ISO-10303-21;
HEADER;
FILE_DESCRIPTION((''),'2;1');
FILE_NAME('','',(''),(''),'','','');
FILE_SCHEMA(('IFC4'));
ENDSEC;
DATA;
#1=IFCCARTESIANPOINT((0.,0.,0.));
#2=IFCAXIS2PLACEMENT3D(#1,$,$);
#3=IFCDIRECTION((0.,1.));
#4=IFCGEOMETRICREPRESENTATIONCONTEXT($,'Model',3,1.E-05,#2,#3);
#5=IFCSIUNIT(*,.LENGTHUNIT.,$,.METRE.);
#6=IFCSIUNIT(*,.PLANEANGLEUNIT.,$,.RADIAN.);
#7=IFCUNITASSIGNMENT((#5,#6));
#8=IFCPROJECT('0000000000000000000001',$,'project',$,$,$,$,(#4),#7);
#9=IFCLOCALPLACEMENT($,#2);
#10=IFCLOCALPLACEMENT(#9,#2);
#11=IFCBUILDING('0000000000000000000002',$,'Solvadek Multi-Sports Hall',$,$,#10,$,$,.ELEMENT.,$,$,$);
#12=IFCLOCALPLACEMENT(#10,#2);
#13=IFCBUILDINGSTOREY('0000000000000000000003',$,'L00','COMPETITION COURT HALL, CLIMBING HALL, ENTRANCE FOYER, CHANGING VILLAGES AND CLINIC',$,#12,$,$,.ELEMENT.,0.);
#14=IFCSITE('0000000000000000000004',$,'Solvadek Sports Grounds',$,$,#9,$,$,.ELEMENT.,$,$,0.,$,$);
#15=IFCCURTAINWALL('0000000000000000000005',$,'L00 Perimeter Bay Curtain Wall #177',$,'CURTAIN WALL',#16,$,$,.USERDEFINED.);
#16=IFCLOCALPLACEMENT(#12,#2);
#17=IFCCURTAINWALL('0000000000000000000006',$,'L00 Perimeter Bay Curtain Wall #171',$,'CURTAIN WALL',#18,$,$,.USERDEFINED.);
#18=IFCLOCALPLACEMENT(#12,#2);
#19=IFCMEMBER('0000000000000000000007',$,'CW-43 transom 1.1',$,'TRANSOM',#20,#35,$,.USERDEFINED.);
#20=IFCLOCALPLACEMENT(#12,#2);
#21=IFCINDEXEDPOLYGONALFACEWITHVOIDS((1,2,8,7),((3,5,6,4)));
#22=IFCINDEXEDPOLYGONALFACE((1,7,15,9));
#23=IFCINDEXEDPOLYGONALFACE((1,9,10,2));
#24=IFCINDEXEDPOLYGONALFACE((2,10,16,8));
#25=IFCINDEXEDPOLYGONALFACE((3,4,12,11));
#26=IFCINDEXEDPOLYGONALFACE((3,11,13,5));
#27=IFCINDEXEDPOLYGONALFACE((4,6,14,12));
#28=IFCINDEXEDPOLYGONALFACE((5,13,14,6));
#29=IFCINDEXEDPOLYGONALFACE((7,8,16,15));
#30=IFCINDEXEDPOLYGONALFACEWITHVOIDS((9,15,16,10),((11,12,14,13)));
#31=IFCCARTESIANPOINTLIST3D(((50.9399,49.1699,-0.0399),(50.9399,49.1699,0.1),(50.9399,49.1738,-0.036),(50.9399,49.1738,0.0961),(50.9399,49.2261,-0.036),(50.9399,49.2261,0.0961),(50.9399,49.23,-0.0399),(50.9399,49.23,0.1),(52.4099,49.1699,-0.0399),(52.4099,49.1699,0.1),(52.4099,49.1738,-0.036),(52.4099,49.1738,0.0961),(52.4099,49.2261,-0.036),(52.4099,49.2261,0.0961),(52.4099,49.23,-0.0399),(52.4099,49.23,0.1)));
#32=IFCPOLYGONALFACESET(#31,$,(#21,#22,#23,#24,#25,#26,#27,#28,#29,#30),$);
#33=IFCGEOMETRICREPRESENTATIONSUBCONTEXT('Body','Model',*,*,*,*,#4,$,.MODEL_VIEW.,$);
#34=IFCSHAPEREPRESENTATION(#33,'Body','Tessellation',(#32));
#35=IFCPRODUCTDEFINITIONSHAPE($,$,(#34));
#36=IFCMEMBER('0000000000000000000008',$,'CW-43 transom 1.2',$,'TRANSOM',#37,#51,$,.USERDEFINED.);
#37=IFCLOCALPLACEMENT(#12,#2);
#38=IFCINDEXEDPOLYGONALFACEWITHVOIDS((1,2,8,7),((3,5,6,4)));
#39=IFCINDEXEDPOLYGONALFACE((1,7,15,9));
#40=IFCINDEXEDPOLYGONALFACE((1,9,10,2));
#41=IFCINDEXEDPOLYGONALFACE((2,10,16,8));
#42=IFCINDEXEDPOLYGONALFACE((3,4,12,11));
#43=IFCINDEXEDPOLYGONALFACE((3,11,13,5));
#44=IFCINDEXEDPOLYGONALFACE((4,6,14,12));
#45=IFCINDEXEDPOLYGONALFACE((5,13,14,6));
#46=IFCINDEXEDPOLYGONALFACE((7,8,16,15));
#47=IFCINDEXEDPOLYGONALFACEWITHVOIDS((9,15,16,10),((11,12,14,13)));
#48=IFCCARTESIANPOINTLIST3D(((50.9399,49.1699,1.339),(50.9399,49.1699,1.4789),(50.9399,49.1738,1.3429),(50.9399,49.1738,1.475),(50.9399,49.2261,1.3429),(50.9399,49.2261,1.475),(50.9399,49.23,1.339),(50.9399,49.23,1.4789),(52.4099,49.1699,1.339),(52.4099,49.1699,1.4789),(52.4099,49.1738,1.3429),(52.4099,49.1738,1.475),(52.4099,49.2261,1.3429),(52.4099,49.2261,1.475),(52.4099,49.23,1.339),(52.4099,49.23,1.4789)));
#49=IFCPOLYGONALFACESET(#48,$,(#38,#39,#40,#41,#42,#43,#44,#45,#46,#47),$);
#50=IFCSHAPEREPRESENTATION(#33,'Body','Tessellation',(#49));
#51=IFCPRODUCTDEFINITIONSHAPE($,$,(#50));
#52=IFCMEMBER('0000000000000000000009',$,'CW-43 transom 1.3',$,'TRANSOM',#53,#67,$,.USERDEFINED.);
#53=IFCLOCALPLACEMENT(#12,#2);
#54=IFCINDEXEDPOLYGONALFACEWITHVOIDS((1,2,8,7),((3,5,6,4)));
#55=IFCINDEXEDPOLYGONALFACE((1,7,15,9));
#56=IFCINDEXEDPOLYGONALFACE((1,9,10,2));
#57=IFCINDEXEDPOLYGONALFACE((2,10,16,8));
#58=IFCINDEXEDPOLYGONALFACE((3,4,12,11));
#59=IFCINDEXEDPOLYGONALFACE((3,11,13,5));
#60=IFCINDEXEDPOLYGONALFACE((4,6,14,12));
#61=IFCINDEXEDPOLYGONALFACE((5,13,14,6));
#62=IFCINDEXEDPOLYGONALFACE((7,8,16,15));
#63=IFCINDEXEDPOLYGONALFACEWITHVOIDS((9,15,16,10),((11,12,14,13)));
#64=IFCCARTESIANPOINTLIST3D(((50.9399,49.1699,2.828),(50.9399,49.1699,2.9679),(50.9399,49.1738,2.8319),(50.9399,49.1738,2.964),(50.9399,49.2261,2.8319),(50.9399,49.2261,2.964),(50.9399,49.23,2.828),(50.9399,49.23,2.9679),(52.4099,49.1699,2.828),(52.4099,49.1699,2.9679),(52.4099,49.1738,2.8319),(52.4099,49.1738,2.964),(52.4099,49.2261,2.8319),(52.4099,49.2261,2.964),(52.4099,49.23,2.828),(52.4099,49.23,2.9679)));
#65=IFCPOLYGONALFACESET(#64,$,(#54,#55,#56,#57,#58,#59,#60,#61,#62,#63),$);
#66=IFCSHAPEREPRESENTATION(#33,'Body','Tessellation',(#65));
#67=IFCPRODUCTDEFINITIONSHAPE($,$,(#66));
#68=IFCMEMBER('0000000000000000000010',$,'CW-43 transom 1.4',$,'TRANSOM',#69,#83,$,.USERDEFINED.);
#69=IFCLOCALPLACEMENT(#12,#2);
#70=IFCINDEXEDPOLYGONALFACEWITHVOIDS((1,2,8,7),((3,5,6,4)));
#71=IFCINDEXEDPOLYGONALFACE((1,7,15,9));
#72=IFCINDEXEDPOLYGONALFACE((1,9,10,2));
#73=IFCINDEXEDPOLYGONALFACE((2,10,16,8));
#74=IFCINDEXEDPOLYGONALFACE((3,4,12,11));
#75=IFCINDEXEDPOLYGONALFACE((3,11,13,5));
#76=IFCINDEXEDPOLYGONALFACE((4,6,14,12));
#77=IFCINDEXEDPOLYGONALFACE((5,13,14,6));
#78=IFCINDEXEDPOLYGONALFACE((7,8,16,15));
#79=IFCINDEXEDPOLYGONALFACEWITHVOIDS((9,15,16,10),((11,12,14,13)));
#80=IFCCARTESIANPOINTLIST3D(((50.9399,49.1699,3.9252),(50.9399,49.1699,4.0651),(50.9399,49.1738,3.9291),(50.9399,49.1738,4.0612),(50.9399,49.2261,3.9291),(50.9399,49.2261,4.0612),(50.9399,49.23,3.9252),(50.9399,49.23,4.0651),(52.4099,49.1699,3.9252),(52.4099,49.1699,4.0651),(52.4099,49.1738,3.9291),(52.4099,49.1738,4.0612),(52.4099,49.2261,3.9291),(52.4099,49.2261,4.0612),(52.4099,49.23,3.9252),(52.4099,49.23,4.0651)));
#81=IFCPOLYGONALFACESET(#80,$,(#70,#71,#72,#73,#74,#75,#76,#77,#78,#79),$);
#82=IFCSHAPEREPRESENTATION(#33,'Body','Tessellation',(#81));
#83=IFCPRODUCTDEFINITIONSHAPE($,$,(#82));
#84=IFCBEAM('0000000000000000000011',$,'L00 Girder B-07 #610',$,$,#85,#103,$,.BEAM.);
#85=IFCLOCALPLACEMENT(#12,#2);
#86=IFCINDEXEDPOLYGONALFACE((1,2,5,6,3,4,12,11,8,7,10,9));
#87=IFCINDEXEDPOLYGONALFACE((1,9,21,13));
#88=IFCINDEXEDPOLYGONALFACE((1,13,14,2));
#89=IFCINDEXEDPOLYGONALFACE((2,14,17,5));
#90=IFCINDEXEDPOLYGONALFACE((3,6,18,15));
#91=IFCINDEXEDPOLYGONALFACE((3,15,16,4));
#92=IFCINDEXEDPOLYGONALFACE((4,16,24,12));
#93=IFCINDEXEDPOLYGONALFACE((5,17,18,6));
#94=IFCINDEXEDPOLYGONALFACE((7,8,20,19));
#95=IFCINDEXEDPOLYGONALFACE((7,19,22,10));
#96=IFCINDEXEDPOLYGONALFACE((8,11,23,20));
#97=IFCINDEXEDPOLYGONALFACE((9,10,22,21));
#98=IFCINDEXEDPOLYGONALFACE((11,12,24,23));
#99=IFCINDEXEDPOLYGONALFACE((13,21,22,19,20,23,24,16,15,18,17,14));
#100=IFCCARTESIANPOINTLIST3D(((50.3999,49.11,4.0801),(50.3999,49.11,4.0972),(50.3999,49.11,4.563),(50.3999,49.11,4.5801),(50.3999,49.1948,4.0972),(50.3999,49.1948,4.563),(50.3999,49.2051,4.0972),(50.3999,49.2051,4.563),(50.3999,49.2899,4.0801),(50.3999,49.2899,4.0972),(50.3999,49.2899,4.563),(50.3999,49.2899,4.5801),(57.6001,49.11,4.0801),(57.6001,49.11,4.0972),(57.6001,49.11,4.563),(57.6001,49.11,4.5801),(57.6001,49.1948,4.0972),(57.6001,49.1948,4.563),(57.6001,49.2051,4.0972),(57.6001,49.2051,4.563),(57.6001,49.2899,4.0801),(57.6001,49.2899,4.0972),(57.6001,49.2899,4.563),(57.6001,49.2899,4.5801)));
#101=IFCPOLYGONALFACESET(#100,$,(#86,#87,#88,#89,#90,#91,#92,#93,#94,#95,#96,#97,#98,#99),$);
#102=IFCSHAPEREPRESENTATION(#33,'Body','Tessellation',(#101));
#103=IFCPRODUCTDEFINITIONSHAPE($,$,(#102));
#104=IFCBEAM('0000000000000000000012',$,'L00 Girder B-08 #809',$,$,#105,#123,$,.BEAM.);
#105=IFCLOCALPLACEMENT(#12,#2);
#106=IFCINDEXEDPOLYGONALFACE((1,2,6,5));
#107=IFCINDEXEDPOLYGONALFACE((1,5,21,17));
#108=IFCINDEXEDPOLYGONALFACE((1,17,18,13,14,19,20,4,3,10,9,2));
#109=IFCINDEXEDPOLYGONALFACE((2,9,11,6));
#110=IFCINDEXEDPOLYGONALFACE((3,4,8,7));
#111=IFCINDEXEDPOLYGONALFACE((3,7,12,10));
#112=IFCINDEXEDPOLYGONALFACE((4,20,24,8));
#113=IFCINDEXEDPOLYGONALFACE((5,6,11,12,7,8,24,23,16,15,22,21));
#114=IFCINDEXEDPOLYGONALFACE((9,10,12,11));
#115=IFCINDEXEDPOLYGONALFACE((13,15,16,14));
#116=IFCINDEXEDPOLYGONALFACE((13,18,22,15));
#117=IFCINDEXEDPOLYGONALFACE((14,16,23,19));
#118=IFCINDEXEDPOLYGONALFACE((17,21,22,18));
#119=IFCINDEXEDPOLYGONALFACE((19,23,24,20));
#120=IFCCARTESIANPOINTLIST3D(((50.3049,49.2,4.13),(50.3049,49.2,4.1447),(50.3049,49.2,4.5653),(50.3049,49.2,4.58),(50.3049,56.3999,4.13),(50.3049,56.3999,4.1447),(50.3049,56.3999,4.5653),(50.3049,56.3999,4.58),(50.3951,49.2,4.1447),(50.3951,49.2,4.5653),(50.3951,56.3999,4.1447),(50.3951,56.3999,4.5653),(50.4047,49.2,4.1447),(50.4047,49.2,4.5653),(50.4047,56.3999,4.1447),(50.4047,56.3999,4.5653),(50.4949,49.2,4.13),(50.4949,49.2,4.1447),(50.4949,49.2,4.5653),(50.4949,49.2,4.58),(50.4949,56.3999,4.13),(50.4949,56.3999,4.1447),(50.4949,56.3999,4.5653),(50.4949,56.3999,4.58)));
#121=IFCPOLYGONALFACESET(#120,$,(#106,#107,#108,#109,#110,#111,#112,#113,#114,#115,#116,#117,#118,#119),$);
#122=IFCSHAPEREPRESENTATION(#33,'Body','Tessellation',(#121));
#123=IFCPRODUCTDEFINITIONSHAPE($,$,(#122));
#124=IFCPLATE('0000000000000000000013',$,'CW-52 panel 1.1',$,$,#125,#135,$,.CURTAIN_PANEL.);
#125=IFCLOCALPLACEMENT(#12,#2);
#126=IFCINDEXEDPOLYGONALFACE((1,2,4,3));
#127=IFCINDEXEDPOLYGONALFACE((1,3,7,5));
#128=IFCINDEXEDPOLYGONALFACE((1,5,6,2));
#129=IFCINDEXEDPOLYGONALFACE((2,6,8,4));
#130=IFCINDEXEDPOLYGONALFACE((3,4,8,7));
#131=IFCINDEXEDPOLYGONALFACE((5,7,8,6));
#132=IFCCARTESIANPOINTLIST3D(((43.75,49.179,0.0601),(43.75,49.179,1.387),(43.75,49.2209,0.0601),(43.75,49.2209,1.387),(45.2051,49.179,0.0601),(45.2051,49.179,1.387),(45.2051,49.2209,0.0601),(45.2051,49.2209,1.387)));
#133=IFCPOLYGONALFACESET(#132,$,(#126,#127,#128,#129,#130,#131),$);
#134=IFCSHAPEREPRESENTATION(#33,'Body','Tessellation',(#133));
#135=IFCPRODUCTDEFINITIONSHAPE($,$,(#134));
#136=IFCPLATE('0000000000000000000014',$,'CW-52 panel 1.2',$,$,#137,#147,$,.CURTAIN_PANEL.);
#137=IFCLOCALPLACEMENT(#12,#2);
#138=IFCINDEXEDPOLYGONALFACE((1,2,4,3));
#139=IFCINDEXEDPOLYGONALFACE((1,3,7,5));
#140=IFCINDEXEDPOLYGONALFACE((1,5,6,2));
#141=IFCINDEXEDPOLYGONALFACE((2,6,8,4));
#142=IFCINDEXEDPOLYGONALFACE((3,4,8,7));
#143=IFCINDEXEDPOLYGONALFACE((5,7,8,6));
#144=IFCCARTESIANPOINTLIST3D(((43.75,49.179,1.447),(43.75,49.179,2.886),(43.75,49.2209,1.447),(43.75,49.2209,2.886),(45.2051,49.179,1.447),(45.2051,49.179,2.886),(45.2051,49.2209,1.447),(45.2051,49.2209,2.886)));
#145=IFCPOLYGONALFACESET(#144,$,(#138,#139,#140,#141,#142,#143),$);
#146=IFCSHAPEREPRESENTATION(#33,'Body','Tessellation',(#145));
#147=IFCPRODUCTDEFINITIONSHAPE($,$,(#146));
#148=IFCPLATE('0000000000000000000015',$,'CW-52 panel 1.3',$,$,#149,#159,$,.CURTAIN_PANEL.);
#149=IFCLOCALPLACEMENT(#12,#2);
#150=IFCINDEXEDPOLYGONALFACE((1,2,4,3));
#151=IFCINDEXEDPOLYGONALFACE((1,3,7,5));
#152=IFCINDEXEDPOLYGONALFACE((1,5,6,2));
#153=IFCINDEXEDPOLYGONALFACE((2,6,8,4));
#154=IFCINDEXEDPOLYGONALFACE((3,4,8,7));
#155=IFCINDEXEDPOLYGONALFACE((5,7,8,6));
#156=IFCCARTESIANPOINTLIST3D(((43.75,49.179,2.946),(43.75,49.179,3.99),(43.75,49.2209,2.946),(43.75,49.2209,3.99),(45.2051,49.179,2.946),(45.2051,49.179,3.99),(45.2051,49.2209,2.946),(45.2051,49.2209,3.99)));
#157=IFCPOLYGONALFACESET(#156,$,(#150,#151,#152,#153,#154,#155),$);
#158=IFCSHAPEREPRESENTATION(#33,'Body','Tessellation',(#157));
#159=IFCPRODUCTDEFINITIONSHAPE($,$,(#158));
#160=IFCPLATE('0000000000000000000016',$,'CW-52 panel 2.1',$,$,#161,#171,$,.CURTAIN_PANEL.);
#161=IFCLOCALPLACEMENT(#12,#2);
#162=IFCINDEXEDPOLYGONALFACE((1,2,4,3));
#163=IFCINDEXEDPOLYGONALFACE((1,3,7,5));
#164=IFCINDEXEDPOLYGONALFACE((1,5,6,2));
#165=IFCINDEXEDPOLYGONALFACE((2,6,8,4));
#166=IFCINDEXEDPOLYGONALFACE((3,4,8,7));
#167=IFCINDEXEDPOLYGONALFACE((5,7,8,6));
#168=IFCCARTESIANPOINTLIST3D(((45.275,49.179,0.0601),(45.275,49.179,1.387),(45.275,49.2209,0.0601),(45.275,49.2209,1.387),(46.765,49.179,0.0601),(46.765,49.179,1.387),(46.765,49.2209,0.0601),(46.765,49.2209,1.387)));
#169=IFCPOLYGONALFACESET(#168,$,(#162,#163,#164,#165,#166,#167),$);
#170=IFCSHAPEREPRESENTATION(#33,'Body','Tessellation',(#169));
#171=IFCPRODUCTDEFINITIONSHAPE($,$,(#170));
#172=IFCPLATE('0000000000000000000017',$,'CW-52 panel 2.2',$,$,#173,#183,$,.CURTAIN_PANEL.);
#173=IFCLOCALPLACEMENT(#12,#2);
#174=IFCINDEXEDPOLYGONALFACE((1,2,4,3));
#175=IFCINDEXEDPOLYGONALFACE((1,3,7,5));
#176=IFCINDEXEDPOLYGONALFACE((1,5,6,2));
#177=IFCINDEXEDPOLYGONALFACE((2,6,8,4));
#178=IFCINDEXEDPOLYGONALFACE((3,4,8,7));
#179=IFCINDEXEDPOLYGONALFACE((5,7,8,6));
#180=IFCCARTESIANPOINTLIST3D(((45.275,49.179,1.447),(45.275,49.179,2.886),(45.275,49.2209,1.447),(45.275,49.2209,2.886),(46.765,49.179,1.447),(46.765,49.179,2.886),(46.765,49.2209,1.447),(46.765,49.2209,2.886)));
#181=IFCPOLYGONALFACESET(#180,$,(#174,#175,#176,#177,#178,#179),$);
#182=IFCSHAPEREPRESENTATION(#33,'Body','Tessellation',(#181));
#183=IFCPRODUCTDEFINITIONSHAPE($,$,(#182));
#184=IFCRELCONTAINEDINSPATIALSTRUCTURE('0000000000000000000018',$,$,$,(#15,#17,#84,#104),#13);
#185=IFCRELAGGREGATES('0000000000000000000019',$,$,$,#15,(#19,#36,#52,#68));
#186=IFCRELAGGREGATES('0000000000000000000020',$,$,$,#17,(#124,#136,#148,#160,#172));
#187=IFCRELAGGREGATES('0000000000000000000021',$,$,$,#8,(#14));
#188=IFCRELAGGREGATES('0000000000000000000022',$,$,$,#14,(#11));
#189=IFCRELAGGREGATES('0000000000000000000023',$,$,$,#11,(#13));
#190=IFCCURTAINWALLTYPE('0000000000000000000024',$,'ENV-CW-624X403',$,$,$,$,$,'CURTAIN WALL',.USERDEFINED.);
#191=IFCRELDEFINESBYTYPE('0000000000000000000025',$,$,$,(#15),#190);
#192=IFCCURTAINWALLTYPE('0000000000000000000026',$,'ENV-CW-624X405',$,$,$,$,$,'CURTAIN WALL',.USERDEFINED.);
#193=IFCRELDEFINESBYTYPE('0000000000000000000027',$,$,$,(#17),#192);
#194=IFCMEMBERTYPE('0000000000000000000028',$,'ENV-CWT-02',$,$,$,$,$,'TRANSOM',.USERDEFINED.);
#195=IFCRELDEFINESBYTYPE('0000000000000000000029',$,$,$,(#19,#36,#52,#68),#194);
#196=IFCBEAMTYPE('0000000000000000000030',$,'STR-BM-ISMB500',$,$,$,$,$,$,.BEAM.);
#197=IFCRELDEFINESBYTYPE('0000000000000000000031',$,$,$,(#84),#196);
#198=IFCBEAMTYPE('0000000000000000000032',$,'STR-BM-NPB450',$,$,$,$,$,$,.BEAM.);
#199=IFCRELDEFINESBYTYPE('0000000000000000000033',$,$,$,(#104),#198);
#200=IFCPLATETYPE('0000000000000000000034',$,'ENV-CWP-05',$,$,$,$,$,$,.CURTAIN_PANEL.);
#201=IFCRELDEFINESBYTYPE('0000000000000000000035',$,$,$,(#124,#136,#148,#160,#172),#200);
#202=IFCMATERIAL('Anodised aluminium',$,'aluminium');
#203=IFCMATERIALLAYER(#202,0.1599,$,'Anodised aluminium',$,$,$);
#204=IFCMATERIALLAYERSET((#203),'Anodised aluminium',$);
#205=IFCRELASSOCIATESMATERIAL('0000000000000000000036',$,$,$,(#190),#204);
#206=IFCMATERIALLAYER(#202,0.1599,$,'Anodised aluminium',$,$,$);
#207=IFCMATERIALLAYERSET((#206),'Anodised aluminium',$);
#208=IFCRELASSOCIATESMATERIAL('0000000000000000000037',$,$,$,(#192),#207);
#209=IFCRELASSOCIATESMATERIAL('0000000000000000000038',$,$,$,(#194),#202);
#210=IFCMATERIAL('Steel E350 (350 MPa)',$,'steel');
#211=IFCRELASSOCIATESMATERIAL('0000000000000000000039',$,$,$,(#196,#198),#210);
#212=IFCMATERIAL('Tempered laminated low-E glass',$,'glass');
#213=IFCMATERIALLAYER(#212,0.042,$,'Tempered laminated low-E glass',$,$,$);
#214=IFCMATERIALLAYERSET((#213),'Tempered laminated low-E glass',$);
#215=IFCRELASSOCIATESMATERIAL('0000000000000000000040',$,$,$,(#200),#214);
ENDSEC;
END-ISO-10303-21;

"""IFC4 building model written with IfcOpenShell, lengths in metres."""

from ifc_helpers import new_model, si_unit, direction, frame, origin, origin_2d, place, context, subcontext, project, spatial, rectangle, hollow_rectangle, i_section, extrude, material, layer, layer_set, material_profile, profile_set, type_object, element, aggregate, save


model = new_model("IFC4")

# Units and contexts
model_context = context("Model", 3, precision=1e-05, world=origin(), true_north=direction((0.0, 1.0)))
body_context = subcontext(model_context, "Body", "Model", "MODEL_VIEW")
ifc_project = project(units=[si_unit("LENGTHUNIT", "METRE"), si_unit("PLANEANGLEUNIT", "RADIAN")], contexts=[model_context])

# Site, building, storey
site_placement = place(None, origin())
site = spatial("IfcSite", under=ifc_project, at=site_placement, Name="Solvadek Sports Grounds", CompositionType="ELEMENT", RefElevation=0.0)
building_placement = place(site_placement, origin())
building = spatial("IfcBuilding", under=site, at=building_placement, Name="Solvadek Multi-Sports Hall", CompositionType="ELEMENT")
storey_placement = place(building_placement, origin())
storey = spatial("IfcBuildingStorey", under=building, at=storey_placement, Name="L00", Description="COMPETITION COURT HALL, CLIMBING HALL, ENTRANCE FOYER, CHANGING VILLAGES AND CLINIC", CompositionType="ELEMENT", Elevation=0.0)

# Shared definitions
ifc_material_1 = material(Name="Steel E350 (350 MPa)", Category="steel")

# Curtain wall
ifc_material_2 = material(Name="Anodised aluminium", Category="aluminium")
ifc_layer_1 = layer(ifc_material_2, 0.1599, Name="Anodised aluminium")
ifc_layer_set_1 = layer_set([ifc_layer_1], Name="Anodised aluminium")
curtain_wall_type_1 = type_object("IfcCurtainWallType", Name="ENV-CW-624X403", ElementType="CURTAIN WALL", PredefinedType="USERDEFINED", material=ifc_layer_set_1)
curtain_wall_1_placement = place(storey_placement, origin())
curtain_wall_1 = element("IfcCurtainWall", 1, at=curtain_wall_1_placement, inside=storey, type_object=curtain_wall_type_1, Name="L00 Perimeter Bay Curtain Wall #177", ObjectType="CURTAIN WALL", PredefinedType="USERDEFINED")

# Curtain wall
ifc_layer_2 = layer(ifc_material_2, 0.1599, Name="Anodised aluminium")
ifc_layer_set_2 = layer_set([ifc_layer_2], Name="Anodised aluminium")
curtain_wall_type_2 = type_object("IfcCurtainWallType", Name="ENV-CW-624X405", ElementType="CURTAIN WALL", PredefinedType="USERDEFINED", material=ifc_layer_set_2)
curtain_wall_2_placement = place(storey_placement, origin())
curtain_wall_2 = element("IfcCurtainWall", 2, at=curtain_wall_2_placement, inside=storey, type_object=curtain_wall_type_2, Name="L00 Perimeter Bay Curtain Wall #171", ObjectType="CURTAIN WALL", PredefinedType="USERDEFINED")

# Members
ifc_material_profile_1 = material_profile(ifc_material_2, hollow_rectangle(XDim=0.0601, YDim=0.1399, WallThickness=0.0039, at=origin_2d()), Name="ALU-T 140x60x4")
ifc_profile_set_1 = profile_set([ifc_material_profile_1], Name="Anodised aluminium")
member_type_1 = type_object("IfcMemberType", Name="ENV-CWT-02", ElementType="TRANSOM", PredefinedType="USERDEFINED", material=ifc_profile_set_1)
member_1_placement = place(storey_placement, frame((50.9399, 49.2, 0.03), z_axis=(1.0, 0.0, 0.0), x_axis=(0.0, 1.0, 0.0)))
member_1 = element("IfcMember", 3, at=member_1_placement, type_object=member_type_1, Name="CW-43 transom 1.1", ObjectType="TRANSOM", PredefinedType="USERDEFINED", context=body_context, shape_type="SweptSolid", body=[
    extrude(hollow_rectangle(XDim=0.0601, YDim=0.1399, WallThickness=0.0039, at=origin_2d()), origin(), (0.0, 0.0, 1.0), 1.47),
])
member_2_placement = place(storey_placement, frame((50.9399, 49.2, 1.4089), z_axis=(1.0, 0.0, 0.0), x_axis=(0.0, 1.0, 0.0)))
member_2 = element("IfcMember", 4, at=member_2_placement, type_object=member_type_1, Name="CW-43 transom 1.2", ObjectType="TRANSOM", PredefinedType="USERDEFINED", context=body_context, shape_type="SweptSolid", body=[
    extrude(hollow_rectangle(XDim=0.0601, YDim=0.1399, WallThickness=0.0039, at=origin_2d()), origin(), (0.0, 0.0, 1.0), 1.47),
])
member_3_placement = place(storey_placement, frame((50.9399, 49.2, 2.8979), z_axis=(1.0, 0.0, 0.0), x_axis=(0.0, 1.0, 0.0)))
member_3 = element("IfcMember", 5, at=member_3_placement, type_object=member_type_1, Name="CW-43 transom 1.3", ObjectType="TRANSOM", PredefinedType="USERDEFINED", context=body_context, shape_type="SweptSolid", body=[
    extrude(hollow_rectangle(XDim=0.0601, YDim=0.1399, WallThickness=0.0039, at=origin_2d()), origin(), (0.0, 0.0, 1.0), 1.47),
])
member_4_placement = place(storey_placement, frame((50.9399, 49.2, 3.9951), z_axis=(1.0, 0.0, 0.0), x_axis=(0.0, 1.0, 0.0)))
member_4 = element("IfcMember", 6, at=member_4_placement, type_object=member_type_1, Name="CW-43 transom 1.4", ObjectType="TRANSOM", PredefinedType="USERDEFINED", context=body_context, shape_type="SweptSolid", body=[
    extrude(hollow_rectangle(XDim=0.0601, YDim=0.1399, WallThickness=0.0039, at=origin_2d()), origin(), (0.0, 0.0, 1.0), 1.47),
])
aggregate(curtain_wall_1, [member_1, member_2, member_3, member_4])

# Beams
ifc_material_profile_2 = material_profile(ifc_material_1, i_section(OverallWidth=0.1799, OverallDepth=0.5, WebThickness=0.0103, FlangeThickness=0.0171, at=origin_2d()), Name="ISMB 500")
ifc_profile_set_2 = profile_set([ifc_material_profile_2], Name="Steel E350 (350 MPa)")
beam_type_1 = type_object("IfcBeamType", Name="STR-BM-ISMB500", PredefinedType="BEAM", material=ifc_profile_set_2)
beam_1_placement = place(storey_placement, frame((50.3999, 49.2, 4.3301), z_axis=(1.0, 0.0, 0.0), x_axis=(0.0, 1.0, 0.0)))
element("IfcBeam", 7, at=beam_1_placement, inside=storey, type_object=beam_type_1, Name="L00 Girder B-07 #610", PredefinedType="BEAM", context=body_context, shape_type="SweptSolid", body=[
    extrude(i_section(OverallWidth=0.1799, OverallDepth=0.5, WebThickness=0.0103, FlangeThickness=0.0171, at=origin_2d()), origin(), (0.0, 0.0, 1.0), 7.2002),
])
ifc_material_profile_3 = material_profile(ifc_material_1, i_section(OverallWidth=0.1899, OverallDepth=0.45, WebThickness=0.0095, FlangeThickness=0.0146, at=origin_2d()), Name="NPB 450")
ifc_profile_set_3 = profile_set([ifc_material_profile_3], Name="Steel E350 (350 MPa)")
beam_type_2 = type_object("IfcBeamType", Name="STR-BM-NPB450", PredefinedType="BEAM", material=ifc_profile_set_3)
beam_2_placement = place(storey_placement, frame((50.3999, 49.2, 4.355), z_axis=(0.0, 1.0, 0.0), x_axis=(-1.0, 0.0, 0.0)))
element("IfcBeam", 8, at=beam_2_placement, inside=storey, type_object=beam_type_2, Name="L00 Girder B-08 #809", PredefinedType="BEAM", context=body_context, shape_type="SweptSolid", body=[
    extrude(i_section(OverallWidth=0.1899, OverallDepth=0.45, WebThickness=0.0095, FlangeThickness=0.0146, at=origin_2d()), origin(), (0.0, 0.0, 1.0), 7.2),
])

# Plates
ifc_material_3 = material(Name="Tempered laminated low-E glass", Category="glass")
ifc_layer_3 = layer(ifc_material_3, 0.042, Name="Tempered laminated low-E glass")
ifc_layer_set_3 = layer_set([ifc_layer_3], Name="Tempered laminated low-E glass")
plate_type = type_object("IfcPlateType", Name="ENV-CWP-05", PredefinedType="CURTAIN_PANEL", material=ifc_layer_set_3)
plate_1_placement = place(storey_placement, frame((44.4775, 49.2, 0.0601), z_axis=(0.0, 0.0, 1.0), x_axis=(1.0, 0.0, 0.0)))
plate_1 = element("IfcPlate", 9, at=plate_1_placement, type_object=plate_type, Name="CW-52 panel 1.1", PredefinedType="CURTAIN_PANEL", context=body_context, shape_type="SweptSolid", body=[
    extrude(rectangle(XDim=1.4551, YDim=0.042, at=origin_2d()), origin(), (0.0, 0.0, 1.0), 1.3269),
])
plate_2_placement = place(storey_placement, frame((44.4775, 49.2, 1.447), z_axis=(0.0, 0.0, 1.0), x_axis=(1.0, 0.0, 0.0)))
plate_2 = element("IfcPlate", 10, at=plate_2_placement, type_object=plate_type, Name="CW-52 panel 1.2", PredefinedType="CURTAIN_PANEL", context=body_context, shape_type="SweptSolid", body=[
    extrude(rectangle(XDim=1.4551, YDim=0.042, at=origin_2d()), origin(), (0.0, 0.0, 1.0), 1.439),
])
plate_3_placement = place(storey_placement, frame((44.4775, 49.2, 2.946), z_axis=(0.0, 0.0, 1.0), x_axis=(1.0, 0.0, 0.0)))
plate_3 = element("IfcPlate", 11, at=plate_3_placement, type_object=plate_type, Name="CW-52 panel 1.3", PredefinedType="CURTAIN_PANEL", context=body_context, shape_type="SweptSolid", body=[
    extrude(rectangle(XDim=1.4551, YDim=0.042, at=origin_2d()), origin(), (0.0, 0.0, 1.0), 1.0439),
])
plate_4_placement = place(storey_placement, frame((46.02, 49.2, 0.0601), z_axis=(0.0, 0.0, 1.0), x_axis=(1.0, 0.0, 0.0)))
plate_4 = element("IfcPlate", 12, at=plate_4_placement, type_object=plate_type, Name="CW-52 panel 2.1", PredefinedType="CURTAIN_PANEL", context=body_context, shape_type="SweptSolid", body=[
    extrude(rectangle(XDim=1.49, YDim=0.042, at=origin_2d()), origin(), (0.0, 0.0, 1.0), 1.3269),
])
plate_5_placement = place(storey_placement, frame((46.02, 49.2, 1.447), z_axis=(0.0, 0.0, 1.0), x_axis=(1.0, 0.0, 0.0)))
plate_5 = element("IfcPlate", 13, at=plate_5_placement, type_object=plate_type, Name="CW-52 panel 2.2", PredefinedType="CURTAIN_PANEL", context=body_context, shape_type="SweptSolid", body=[
    extrude(rectangle(XDim=1.49, YDim=0.042, at=origin_2d()), origin(), (0.0, 0.0, 1.0), 1.439),
])
aggregate(curtain_wall_2, [plate_1, plate_2, plate_3, plate_4, plate_5])

save(model, "model.ifc")
